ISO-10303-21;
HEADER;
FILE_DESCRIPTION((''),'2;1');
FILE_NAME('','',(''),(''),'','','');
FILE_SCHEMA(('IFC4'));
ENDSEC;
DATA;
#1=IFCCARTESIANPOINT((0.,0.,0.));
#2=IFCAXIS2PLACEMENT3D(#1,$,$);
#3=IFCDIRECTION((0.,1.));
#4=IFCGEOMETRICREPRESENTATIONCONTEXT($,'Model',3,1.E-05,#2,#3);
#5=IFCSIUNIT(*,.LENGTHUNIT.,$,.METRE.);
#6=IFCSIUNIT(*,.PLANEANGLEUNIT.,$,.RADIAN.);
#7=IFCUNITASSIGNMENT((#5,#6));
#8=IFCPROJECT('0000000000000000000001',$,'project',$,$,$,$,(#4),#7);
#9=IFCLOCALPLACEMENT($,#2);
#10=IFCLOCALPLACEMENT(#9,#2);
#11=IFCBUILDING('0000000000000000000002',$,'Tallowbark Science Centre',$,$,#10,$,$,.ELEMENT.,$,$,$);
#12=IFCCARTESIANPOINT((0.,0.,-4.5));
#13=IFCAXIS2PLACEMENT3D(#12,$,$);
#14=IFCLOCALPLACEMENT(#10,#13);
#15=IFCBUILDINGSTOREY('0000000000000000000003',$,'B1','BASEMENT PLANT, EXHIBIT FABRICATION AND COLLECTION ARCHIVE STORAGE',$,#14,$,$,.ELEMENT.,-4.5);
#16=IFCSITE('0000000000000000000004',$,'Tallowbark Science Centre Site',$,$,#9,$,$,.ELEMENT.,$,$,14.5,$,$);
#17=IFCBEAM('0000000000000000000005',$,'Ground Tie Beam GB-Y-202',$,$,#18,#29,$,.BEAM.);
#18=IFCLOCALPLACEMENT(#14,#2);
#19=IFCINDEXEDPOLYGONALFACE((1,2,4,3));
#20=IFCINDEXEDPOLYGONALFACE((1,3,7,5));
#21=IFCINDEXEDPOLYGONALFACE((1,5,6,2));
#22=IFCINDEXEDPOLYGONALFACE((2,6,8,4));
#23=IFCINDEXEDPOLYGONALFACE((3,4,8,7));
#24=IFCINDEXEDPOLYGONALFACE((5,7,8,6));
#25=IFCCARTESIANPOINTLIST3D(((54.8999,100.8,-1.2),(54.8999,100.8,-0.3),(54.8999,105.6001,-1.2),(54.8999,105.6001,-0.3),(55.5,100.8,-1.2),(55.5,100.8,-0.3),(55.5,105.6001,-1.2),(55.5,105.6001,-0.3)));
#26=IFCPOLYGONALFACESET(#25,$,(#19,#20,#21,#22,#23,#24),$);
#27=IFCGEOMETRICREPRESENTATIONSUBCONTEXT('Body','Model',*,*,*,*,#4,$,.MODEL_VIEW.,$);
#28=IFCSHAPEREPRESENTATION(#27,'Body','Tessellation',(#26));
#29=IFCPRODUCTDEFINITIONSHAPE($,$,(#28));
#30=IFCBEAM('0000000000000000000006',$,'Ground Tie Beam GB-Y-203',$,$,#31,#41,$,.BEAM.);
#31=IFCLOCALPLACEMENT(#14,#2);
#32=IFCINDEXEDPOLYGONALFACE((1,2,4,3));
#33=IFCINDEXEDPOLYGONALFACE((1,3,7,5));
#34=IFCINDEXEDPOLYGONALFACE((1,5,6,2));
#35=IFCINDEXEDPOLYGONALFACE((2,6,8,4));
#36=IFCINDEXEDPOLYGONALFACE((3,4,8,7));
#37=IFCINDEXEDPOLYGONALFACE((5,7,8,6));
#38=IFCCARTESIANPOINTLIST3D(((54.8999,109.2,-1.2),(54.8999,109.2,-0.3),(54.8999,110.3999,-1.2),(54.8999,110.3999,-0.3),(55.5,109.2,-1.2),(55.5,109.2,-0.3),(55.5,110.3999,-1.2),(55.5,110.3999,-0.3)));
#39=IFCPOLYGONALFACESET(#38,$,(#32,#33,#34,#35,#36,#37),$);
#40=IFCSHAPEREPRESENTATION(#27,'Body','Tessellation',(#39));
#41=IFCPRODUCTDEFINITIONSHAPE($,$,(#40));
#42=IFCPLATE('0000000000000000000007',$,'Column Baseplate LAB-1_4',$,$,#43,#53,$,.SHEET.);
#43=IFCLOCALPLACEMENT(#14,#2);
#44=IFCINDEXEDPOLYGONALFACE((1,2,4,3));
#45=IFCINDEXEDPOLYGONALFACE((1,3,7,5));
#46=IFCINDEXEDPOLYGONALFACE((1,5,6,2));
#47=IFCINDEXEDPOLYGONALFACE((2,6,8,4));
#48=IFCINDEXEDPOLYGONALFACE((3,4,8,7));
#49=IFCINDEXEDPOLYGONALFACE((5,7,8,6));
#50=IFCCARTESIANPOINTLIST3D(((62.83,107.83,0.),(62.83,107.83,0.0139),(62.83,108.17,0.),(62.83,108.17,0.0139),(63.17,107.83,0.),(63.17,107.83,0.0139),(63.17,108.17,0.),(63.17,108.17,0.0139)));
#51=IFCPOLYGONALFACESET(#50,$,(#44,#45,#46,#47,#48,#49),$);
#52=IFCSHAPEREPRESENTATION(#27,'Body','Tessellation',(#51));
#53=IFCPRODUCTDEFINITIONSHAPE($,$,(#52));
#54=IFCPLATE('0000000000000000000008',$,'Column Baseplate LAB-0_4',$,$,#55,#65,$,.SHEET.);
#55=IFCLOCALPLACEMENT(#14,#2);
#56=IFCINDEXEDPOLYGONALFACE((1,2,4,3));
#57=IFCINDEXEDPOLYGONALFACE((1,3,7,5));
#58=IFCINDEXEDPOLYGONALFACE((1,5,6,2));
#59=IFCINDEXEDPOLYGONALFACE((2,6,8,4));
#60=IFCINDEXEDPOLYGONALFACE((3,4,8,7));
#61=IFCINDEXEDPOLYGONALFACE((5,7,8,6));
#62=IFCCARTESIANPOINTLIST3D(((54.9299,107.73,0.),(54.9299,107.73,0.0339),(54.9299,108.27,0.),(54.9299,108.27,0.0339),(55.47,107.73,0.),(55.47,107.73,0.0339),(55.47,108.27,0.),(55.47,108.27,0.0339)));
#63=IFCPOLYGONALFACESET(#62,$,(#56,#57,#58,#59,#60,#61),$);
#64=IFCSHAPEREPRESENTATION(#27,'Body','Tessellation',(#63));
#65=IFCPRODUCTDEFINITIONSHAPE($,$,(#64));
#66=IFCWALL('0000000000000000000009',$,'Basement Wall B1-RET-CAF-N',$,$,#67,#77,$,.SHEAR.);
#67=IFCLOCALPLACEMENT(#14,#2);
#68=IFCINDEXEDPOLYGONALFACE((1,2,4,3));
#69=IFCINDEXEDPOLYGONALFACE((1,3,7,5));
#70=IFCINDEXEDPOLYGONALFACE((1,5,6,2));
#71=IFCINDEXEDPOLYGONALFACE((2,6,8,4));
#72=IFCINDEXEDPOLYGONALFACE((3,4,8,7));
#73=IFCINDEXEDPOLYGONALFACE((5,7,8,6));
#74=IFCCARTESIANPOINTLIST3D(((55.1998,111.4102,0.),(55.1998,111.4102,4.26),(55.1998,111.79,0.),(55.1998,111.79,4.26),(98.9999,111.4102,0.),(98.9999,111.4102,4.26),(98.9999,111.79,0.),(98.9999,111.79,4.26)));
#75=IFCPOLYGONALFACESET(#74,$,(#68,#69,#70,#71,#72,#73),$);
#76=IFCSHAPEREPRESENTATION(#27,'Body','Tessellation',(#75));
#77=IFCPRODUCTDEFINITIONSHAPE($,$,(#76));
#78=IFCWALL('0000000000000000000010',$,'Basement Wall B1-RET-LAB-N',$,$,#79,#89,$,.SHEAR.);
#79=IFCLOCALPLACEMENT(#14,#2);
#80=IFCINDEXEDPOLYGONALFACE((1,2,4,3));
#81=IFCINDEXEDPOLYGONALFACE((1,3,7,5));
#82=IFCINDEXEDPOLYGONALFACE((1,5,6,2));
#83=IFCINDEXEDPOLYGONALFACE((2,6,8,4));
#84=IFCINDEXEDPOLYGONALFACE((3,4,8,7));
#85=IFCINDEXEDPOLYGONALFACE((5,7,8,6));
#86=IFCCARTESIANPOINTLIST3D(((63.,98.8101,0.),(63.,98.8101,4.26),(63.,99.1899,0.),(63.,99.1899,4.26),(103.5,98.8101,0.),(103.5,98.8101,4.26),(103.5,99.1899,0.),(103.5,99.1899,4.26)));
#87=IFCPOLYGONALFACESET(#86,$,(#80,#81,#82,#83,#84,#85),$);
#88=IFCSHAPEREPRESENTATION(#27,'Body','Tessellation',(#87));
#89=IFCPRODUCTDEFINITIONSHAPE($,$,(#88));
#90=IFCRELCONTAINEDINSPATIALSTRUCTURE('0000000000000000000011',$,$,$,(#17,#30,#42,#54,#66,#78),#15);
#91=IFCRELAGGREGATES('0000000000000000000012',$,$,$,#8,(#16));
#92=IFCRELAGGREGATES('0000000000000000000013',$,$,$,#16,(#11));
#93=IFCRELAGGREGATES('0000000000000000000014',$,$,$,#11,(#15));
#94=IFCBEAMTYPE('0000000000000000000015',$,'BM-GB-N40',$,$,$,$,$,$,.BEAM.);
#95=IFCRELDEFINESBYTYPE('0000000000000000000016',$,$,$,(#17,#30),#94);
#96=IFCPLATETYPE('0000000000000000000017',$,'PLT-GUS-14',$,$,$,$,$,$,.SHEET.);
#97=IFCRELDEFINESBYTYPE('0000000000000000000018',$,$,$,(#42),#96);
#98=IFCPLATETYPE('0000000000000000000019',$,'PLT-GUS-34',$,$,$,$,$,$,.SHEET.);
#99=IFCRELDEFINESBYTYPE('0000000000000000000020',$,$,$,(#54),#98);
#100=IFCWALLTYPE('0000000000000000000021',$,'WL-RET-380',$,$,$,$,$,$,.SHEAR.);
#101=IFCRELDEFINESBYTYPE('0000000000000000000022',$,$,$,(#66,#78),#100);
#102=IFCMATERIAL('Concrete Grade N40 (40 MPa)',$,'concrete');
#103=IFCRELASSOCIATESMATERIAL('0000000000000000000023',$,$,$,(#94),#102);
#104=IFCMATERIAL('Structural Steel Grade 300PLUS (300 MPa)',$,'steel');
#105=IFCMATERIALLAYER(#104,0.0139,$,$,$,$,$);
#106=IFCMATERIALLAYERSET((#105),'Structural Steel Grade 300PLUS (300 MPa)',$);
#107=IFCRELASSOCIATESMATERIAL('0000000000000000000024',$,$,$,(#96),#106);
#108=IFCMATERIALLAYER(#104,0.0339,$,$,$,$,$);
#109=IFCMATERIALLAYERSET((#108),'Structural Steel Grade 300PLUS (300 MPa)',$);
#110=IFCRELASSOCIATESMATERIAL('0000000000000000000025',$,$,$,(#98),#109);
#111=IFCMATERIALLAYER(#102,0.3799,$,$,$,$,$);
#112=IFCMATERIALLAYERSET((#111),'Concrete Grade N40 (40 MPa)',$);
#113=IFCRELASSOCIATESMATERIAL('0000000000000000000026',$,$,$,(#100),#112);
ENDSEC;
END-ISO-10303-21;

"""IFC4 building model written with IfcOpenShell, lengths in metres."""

from ifc_helpers import new_model, si_unit, direction, frame, frame_2d, origin, origin_2d, place, context, subcontext, project, spatial, rectangle, extrude, material, layer, layer_set, material_profile, profile_set, type_object, element, save


model = new_model("IFC4")

# Units and contexts
model_context = context("Model", 3, precision=1e-05, world=origin(), true_north=direction((0.0, 1.0)))
body_context = subcontext(model_context, "Body", "Model", "MODEL_VIEW")
ifc_project = project(units=[si_unit("LENGTHUNIT", "METRE"), si_unit("PLANEANGLEUNIT", "RADIAN")], contexts=[model_context])

# Site, building, storey
site_placement = place(None, origin())
site = spatial("IfcSite", under=ifc_project, at=site_placement, Name="Tallowbark Science Centre Site", CompositionType="ELEMENT", RefElevation=14.5)
building_placement = place(site_placement, origin())
building = spatial("IfcBuilding", under=site, at=building_placement, Name="Tallowbark Science Centre", CompositionType="ELEMENT")
storey_placement = place(building_placement, frame((0.0, 0.0, -4.5)))
storey = spatial("IfcBuildingStorey", under=building, at=storey_placement, Name="B1", Description="BASEMENT PLANT, EXHIBIT FABRICATION AND COLLECTION ARCHIVE STORAGE", CompositionType="ELEMENT", Elevation=-4.5)

# Shared definitions
ifc_material_1 = material(Name="Concrete Grade N40 (40 MPa)", Category="concrete")

# Shared definitions
ifc_material_2 = material(Name="Structural Steel Grade 300PLUS (300 MPa)", Category="steel")

# Beams
ifc_material_profile_1 = material_profile(ifc_material_1, rectangle(XDim=0.6001, YDim=0.8999, at=origin_2d()), Name="RC600x900")
ifc_profile_set_1 = profile_set([ifc_material_profile_1], Name="Concrete Grade N40 (40 MPa)")
beam_type = type_object("IfcBeamType", Name="BM-GB-N40", PredefinedType="BEAM", material=ifc_profile_set_1)
beam_1_placement = place(storey_placement, frame((55.2, 100.8, -0.75), z_axis=(0.0, 1.0, 0.0), x_axis=(-1.0, 0.0, 0.0)))
element("IfcBeam", 1, at=beam_1_placement, inside=storey, type_object=beam_type, Name="Ground Tie Beam GB-Y-202", PredefinedType="BEAM", context=body_context, shape_type="SweptSolid", body=[
    extrude(rectangle(XDim=0.6001, YDim=0.8999, at=origin_2d()), origin(), (0.0, 0.0, 1.0), 4.8),
])
beam_2_placement = place(storey_placement, frame((55.2, 109.2, -0.75), z_axis=(0.0, 1.0, 0.0), x_axis=(-1.0, 0.0, 0.0)))
element("IfcBeam", 2, at=beam_2_placement, inside=storey, type_object=beam_type, Name="Ground Tie Beam GB-Y-203", PredefinedType="BEAM", context=body_context, shape_type="SweptSolid", body=[
    extrude(rectangle(XDim=0.6001, YDim=0.8999, at=origin_2d()), origin(), (0.0, 0.0, 1.0), 1.2),
])

# Plates
ifc_layer_1 = layer(ifc_material_2, 0.0139)
ifc_layer_set_1 = layer_set([ifc_layer_1], Name="Structural Steel Grade 300PLUS (300 MPa)")
plate_type_1 = type_object("IfcPlateType", Name="PLT-GUS-14", PredefinedType="SHEET", material=ifc_layer_set_1)
plate_1_placement = place(storey_placement, frame((63.0, 108.0, 0.0), z_axis=(0.0, 0.0, 1.0), x_axis=(1.0, 0.0, 0.0)))
element("IfcPlate", 3, at=plate_1_placement, inside=storey, type_object=plate_type_1, Name="Column Baseplate LAB-1_4", PredefinedType="SHEET", context=body_context, shape_type="SweptSolid", body=[
    extrude(rectangle(XDim=0.3401, YDim=0.3401, at=origin_2d()), origin(), (0.0, 0.0, 1.0), 0.0139),
])
ifc_layer_2 = layer(ifc_material_2, 0.0339)
ifc_layer_set_2 = layer_set([ifc_layer_2], Name="Structural Steel Grade 300PLUS (300 MPa)")
plate_type_2 = type_object("IfcPlateType", Name="PLT-GUS-34", PredefinedType="SHEET", material=ifc_layer_set_2)
plate_2_placement = place(storey_placement, frame((55.2, 108.0, 0.0), z_axis=(0.0, 0.0, 1.0), x_axis=(1.0, 0.0, 0.0)))
element("IfcPlate", 4, at=plate_2_placement, inside=storey, type_object=plate_type_2, Name="Column Baseplate LAB-0_4", PredefinedType="SHEET", context=body_context, shape_type="SweptSolid", body=[
    extrude(rectangle(XDim=0.54, YDim=0.54, at=origin_2d()), origin(), (0.0, 0.0, 1.0), 0.0339),
])

# Walls
ifc_layer_3 = layer(ifc_material_1, 0.3799)
ifc_layer_set_3 = layer_set([ifc_layer_3], Name="Concrete Grade N40 (40 MPa)")
wall_type = type_object("IfcWallType", Name="WL-RET-380", PredefinedType="SHEAR", material=ifc_layer_set_3)
wall_1_placement = place(storey_placement, frame((55.2, 111.6001, 0.0), z_axis=(0.0, 0.0, 1.0), x_axis=(1.0, 0.0, 0.0)))
element("IfcWall", 5, at=wall_1_placement, inside=storey, type_object=wall_type, Name="Basement Wall B1-RET-CAF-N", PredefinedType="SHEAR", context=body_context, shape_type="SweptSolid", body=[
    extrude(rectangle(XDim=43.8, YDim=0.3799, at=frame_2d((21.8999, 0.0))), origin(), (0.0, 0.0, 1.0), 4.26),
])
wall_2_placement = place(storey_placement, frame((63.0, 99.0, 0.0), z_axis=(0.0, 0.0, 1.0), x_axis=(1.0, 0.0, 0.0)))
element("IfcWall", 6, at=wall_2_placement, inside=storey, type_object=wall_type, Name="Basement Wall B1-RET-LAB-N", PredefinedType="SHEAR", context=body_context, shape_type="SweptSolid", body=[
    extrude(rectangle(XDim=40.5, YDim=0.3799, at=frame_2d((20.25, 0.0))), origin(), (0.0, 0.0, 1.0), 4.26),
])

save(model, "model.ifc")
